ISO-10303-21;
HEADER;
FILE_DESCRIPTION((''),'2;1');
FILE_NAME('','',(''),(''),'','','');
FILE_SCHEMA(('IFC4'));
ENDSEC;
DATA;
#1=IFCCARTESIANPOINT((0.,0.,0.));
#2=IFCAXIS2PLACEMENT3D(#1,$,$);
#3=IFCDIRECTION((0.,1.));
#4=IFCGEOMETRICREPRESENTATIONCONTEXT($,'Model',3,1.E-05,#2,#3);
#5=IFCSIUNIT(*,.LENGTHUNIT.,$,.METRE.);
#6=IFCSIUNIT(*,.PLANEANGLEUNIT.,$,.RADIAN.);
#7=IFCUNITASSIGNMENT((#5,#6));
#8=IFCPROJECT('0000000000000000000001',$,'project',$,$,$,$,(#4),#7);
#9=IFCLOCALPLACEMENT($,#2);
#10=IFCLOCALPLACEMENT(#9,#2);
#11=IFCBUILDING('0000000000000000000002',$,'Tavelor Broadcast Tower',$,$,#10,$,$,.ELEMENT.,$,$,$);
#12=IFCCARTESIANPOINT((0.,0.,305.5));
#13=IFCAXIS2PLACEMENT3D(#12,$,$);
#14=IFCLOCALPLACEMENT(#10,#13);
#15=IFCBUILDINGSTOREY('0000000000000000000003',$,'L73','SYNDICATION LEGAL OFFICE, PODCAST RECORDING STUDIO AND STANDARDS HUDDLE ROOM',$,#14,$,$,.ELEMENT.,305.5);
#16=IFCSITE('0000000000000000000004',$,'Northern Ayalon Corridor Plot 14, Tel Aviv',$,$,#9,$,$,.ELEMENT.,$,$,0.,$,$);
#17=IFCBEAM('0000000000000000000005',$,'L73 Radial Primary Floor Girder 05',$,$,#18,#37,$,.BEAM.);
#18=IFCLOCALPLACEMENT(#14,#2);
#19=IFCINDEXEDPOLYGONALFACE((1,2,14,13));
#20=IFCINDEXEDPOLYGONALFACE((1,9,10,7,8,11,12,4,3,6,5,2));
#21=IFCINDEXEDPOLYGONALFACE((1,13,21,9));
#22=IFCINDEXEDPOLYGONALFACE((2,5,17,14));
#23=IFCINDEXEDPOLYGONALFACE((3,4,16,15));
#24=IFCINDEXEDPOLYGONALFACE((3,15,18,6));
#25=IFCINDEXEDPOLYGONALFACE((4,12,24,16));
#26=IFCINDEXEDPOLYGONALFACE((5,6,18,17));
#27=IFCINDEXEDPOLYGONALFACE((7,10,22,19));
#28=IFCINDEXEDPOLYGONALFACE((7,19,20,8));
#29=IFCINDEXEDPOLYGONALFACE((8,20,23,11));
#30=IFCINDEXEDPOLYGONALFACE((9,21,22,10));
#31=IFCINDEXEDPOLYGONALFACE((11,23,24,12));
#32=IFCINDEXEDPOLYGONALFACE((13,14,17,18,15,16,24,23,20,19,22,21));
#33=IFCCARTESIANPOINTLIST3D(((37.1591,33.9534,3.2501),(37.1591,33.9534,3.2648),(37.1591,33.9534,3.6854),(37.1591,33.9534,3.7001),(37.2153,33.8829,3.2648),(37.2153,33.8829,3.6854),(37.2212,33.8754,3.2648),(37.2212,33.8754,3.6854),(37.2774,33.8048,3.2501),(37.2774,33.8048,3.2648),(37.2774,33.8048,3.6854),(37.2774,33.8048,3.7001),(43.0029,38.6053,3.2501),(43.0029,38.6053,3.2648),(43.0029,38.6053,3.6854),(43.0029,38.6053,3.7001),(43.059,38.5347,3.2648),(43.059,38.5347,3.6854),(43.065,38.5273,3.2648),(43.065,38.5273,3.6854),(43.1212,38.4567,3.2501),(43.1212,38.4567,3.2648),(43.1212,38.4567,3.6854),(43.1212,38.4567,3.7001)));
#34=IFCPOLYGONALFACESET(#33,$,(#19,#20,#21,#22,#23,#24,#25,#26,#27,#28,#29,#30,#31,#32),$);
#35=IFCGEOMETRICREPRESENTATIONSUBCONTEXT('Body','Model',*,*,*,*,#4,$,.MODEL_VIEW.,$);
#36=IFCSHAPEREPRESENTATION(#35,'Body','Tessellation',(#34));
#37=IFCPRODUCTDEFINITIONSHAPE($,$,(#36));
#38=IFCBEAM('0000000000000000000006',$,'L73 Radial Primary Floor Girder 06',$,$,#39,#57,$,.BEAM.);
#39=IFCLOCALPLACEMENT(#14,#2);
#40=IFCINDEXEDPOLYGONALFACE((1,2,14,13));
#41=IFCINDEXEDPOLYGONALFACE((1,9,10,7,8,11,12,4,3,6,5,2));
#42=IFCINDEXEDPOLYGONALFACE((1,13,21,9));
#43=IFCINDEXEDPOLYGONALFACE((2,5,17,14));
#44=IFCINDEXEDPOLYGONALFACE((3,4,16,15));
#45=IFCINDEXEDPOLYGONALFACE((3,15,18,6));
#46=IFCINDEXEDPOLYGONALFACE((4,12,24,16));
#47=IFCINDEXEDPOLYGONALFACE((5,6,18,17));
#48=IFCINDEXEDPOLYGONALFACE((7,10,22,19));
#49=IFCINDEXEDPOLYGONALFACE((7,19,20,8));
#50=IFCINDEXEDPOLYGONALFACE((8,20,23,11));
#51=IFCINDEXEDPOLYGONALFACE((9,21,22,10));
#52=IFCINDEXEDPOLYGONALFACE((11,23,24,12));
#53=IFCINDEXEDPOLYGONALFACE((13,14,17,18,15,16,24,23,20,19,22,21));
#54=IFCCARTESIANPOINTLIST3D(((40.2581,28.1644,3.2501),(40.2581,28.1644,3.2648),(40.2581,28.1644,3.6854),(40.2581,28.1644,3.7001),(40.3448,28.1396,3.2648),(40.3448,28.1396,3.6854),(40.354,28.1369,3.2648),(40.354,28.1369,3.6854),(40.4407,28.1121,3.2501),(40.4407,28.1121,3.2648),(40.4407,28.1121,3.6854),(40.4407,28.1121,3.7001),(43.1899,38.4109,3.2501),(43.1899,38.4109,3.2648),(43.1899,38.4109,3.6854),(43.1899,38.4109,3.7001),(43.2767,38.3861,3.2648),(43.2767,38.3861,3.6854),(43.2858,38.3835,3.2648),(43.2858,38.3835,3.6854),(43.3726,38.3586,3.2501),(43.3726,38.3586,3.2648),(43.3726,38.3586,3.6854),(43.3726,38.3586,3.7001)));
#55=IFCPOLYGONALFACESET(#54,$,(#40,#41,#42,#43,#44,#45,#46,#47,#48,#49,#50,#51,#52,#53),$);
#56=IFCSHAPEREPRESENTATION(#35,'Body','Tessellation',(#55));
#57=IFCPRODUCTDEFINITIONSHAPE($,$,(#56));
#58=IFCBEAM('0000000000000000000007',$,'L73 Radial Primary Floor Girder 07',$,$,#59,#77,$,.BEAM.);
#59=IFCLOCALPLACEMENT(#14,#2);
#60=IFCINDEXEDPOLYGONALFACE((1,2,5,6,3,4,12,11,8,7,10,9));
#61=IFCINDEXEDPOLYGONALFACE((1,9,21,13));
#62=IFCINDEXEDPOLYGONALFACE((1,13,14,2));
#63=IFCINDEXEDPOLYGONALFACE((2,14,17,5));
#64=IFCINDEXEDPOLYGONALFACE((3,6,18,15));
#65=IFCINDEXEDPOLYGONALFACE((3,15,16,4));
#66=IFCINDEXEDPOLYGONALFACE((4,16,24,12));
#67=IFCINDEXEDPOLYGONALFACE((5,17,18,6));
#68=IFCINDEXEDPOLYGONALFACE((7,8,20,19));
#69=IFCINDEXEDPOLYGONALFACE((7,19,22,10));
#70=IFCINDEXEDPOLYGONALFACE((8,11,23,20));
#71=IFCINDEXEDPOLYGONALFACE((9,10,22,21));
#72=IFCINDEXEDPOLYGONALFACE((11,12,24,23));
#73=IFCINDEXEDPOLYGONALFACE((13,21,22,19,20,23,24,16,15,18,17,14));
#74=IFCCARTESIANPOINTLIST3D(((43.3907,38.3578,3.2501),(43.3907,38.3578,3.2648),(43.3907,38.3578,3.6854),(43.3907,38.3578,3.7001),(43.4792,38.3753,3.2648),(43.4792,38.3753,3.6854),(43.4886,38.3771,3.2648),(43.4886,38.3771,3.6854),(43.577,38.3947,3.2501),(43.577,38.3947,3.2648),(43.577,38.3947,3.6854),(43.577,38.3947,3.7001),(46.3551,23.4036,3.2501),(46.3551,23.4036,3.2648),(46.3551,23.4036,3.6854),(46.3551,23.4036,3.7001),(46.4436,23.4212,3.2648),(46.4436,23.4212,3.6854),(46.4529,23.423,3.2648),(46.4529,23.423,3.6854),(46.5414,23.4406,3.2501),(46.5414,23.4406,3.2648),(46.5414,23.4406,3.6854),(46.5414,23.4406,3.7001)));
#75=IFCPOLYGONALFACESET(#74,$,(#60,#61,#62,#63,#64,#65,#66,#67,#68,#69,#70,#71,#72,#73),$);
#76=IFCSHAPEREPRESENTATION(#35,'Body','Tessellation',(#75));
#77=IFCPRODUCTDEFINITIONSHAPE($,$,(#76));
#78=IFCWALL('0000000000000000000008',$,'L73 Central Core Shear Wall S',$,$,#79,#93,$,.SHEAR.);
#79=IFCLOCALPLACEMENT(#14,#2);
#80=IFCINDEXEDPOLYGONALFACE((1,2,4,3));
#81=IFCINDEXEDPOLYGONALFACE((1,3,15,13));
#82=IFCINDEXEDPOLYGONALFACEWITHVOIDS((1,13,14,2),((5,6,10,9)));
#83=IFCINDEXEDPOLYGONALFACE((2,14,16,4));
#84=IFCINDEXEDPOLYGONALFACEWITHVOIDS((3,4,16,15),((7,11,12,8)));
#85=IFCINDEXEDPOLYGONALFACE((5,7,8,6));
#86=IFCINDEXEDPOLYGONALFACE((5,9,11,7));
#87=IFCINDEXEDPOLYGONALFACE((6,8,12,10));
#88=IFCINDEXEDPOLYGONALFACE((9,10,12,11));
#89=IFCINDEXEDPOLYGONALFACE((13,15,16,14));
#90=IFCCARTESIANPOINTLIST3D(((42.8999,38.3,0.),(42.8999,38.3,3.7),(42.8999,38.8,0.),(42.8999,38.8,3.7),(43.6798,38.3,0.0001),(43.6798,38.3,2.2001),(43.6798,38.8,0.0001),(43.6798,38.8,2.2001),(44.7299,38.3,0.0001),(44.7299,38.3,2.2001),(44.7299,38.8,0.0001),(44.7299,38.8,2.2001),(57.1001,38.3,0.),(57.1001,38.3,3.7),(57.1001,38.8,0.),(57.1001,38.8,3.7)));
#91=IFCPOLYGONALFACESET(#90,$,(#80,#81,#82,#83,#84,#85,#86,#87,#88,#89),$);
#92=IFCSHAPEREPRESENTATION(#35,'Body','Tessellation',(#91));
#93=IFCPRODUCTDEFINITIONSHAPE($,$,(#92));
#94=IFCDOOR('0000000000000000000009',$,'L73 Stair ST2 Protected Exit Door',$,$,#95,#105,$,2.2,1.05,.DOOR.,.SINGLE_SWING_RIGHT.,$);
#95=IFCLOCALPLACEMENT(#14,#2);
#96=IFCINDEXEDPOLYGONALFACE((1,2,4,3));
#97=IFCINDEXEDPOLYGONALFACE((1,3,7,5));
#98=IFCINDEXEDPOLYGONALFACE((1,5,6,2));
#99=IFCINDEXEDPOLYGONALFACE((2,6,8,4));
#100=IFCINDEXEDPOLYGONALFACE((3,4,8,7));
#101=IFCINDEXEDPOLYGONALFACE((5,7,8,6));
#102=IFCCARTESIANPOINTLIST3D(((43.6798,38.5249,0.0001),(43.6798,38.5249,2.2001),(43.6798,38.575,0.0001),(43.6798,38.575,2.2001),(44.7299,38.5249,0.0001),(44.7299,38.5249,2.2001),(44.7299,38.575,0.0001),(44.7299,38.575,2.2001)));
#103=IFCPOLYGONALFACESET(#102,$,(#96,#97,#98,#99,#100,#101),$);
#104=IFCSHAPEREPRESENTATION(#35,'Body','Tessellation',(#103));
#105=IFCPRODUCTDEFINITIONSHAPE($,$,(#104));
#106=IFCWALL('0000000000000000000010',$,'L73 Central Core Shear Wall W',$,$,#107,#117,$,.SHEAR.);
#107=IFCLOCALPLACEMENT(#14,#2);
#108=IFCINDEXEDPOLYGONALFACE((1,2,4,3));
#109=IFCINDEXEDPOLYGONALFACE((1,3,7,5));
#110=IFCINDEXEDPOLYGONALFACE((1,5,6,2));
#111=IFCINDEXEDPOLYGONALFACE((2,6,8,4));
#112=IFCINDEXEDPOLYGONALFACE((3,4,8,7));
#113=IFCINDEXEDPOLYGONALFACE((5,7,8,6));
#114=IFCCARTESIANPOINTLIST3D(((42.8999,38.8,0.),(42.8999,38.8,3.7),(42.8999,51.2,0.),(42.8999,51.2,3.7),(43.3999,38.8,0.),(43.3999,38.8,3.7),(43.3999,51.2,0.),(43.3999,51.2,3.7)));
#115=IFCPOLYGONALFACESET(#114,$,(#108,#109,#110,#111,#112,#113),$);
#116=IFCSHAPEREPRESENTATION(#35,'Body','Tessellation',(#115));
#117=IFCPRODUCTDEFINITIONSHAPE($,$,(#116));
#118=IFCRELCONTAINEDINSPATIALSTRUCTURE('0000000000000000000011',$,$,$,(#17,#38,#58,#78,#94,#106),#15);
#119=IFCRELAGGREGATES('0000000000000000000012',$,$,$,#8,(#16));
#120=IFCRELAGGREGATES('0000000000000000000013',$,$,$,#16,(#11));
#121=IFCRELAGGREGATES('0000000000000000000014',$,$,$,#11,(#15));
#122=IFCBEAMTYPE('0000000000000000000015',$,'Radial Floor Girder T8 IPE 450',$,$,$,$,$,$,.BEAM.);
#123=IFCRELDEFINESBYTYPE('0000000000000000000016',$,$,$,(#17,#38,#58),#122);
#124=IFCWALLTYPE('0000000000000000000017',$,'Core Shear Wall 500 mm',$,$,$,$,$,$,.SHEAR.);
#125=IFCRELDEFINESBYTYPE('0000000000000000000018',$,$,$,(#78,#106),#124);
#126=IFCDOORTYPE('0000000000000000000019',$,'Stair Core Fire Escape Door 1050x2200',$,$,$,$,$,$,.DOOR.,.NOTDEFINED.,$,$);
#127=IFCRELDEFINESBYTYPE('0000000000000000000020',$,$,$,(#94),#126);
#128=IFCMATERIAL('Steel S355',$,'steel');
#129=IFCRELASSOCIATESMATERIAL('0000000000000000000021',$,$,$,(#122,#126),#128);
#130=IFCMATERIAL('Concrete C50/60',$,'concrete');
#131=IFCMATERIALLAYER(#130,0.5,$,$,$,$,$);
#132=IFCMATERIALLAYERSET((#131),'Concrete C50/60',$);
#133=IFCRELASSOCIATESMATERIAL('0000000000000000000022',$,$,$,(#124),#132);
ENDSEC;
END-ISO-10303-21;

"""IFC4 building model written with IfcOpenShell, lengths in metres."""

from ifc_helpers import new_model, si_unit, direction, frame, frame_2d, origin, origin_2d, place, context, subcontext, project, spatial, rectangle, i_section, extrude, material, layer, layer_set, material_profile, profile_set, type_object, element, fill, save


model = new_model("IFC4")

# Units and contexts
model_context = context("Model", 3, precision=1e-05, world=origin(), true_north=direction((0.0, 1.0)))
body_context = subcontext(model_context, "Body", "Model", "MODEL_VIEW")
ifc_project = project(units=[si_unit("LENGTHUNIT", "METRE"), si_unit("PLANEANGLEUNIT", "RADIAN")], contexts=[model_context])

# Site, building, storey
site_placement = place(None, origin())
site = spatial("IfcSite", under=ifc_project, at=site_placement, Name="Northern Ayalon Corridor Plot 14, Tel Aviv", CompositionType="ELEMENT", RefElevation=0.0)
building_placement = place(site_placement, origin())
building = spatial("IfcBuilding", under=site, at=building_placement, Name="Tavelor Broadcast Tower", CompositionType="ELEMENT")
storey_placement = place(building_placement, frame((0.0, 0.0, 305.5)))
storey = spatial("IfcBuildingStorey", under=building, at=storey_placement, Name="L73", Description="SYNDICATION LEGAL OFFICE, PODCAST RECORDING STUDIO AND STANDARDS HUDDLE ROOM", CompositionType="ELEMENT", Elevation=305.5)

# Shared definitions
ifc_material_1 = material(Name="Concrete C50/60", Category="concrete")

# Beams
ifc_material_2 = material(Name="Steel S355", Category="steel")
ifc_material_profile_1 = material_profile(ifc_material_2, i_section(OverallWidth=0.1899, OverallDepth=0.45, WebThickness=0.0095, FlangeThickness=0.0146, at=origin_2d()), Name="IPE 450")
ifc_profile_set_1 = profile_set([ifc_material_profile_1], Name="Steel S355")
beam_type_1 = type_object("IfcBeamType", Name="Radial Floor Girder T8 IPE 450", PredefinedType="BEAM", material=ifc_profile_set_1)
beam_1_placement = place(storey_placement, frame((43.062, 38.531, 3.4751), z_axis=(-0.782378, -0.622804, 0.0), x_axis=(0.622804, -0.782378, 0.0)))
element("IfcBeam", 1, at=beam_1_placement, inside=storey, type_object=beam_type_1, Name="L73 Radial Primary Floor Girder 05", PredefinedType="BEAM", context=body_context, shape_type="SweptSolid", body=[
    extrude(i_section(OverallWidth=0.1899, OverallDepth=0.45, WebThickness=0.0095, FlangeThickness=0.0146, at=origin_2d()), origin(), (0.0, 0.0, 1.0), 7.4692),
])
beam_2_placement = place(storey_placement, frame((43.2812, 38.3848, 3.4751), z_axis=(-0.275093, -0.961418, 0.0), x_axis=(0.961418, -0.275093, 0.0)))
element("IfcBeam", 2, at=beam_2_placement, inside=storey, type_object=beam_type_1, Name="L73 Radial Primary Floor Girder 06", PredefinedType="BEAM", context=body_context, shape_type="SweptSolid", body=[
    extrude(i_section(OverallWidth=0.1899, OverallDepth=0.45, WebThickness=0.0095, FlangeThickness=0.0146, at=origin_2d()), origin(), (0.0, 0.0, 1.0), 10.6577),
])
beam_3_placement = place(storey_placement, frame((43.4839, 38.3762, 3.4751), z_axis=(0.194447, -0.980913, 0.0), x_axis=(0.980913, 0.194447, 0.0)))
element("IfcBeam", 3, at=beam_3_placement, inside=storey, type_object=beam_type_1, Name="L73 Radial Primary Floor Girder 07", PredefinedType="BEAM", context=body_context, shape_type="SweptSolid", body=[
    extrude(i_section(OverallWidth=0.1899, OverallDepth=0.45, WebThickness=0.0095, FlangeThickness=0.0146, at=origin_2d()), origin(), (0.0, 0.0, 1.0), 15.2451),
])

# Wall, opening, door
ifc_layer_1 = layer(ifc_material_1, 0.5)
ifc_layer_set_1 = layer_set([ifc_layer_1], Name="Concrete C50/60")
wall_type_1 = type_object("IfcWallType", Name="Core Shear Wall 500 mm", PredefinedType="SHEAR", material=ifc_layer_set_1)
wall_1_placement = place(storey_placement, frame((42.8999, 38.55, 0.0), z_axis=(0.0, 0.0, 1.0), x_axis=(1.0, 0.0, 0.0)))
wall_1 = element("IfcWall", 4, at=wall_1_placement, inside=storey, type_object=wall_type_1, Name="L73 Central Core Shear Wall S", PredefinedType="SHEAR", context=body_context, shape_type="SweptSolid", body=[
    extrude(rectangle(XDim=14.2002, YDim=0.5, at=frame_2d((7.1001, 0.0))), origin(), (0.0, 0.0, 1.0), 3.7),
])
opening_1_placement = place(wall_1_placement, frame((0.78, 0.0, 0.0)))
opening_1 = element("IfcOpeningElement", 5, at=opening_1_placement, cuts=wall_1, PredefinedType="OPENING", context=body_context, shape_type="SweptSolid", body=[
    extrude(rectangle(XDim=1.05, YDim=2.2, at=frame_2d((0.5249, 1.1001))), frame((0.0, 0.26, 0.0), z_axis=(0.0, -1.0, 0.0), x_axis=(1.0, 0.0, 0.0)), (0.0, 0.0, 1.0), 0.52),
])
door_type_1 = type_object("IfcDoorType", Name="Stair Core Fire Escape Door 1050x2200", OperationType="NOTDEFINED", PredefinedType="DOOR", material=ifc_material_2)
door_1_placement = place(opening_1_placement, origin())
door_1 = element("IfcDoor", 6, at=door_1_placement, inside=storey, type_object=door_type_1, Name="L73 Stair ST2 Protected Exit Door", OperationType="SINGLE_SWING_RIGHT", OverallHeight=2.2, OverallWidth=1.05, PredefinedType="DOOR", context=body_context, shape_type="SweptSolid", body=[
    extrude(rectangle(XDim=1.05, YDim=2.2, at=frame_2d((0.5249, 1.1001))), frame((0.0, 0.0249, 0.0), z_axis=(0.0, -1.0, 0.0), x_axis=(1.0, 0.0, 0.0)), (0.0, 0.0, 1.0), 0.05),
])
fill(opening_1, door_1)

# Wall
wall_2_placement = place(storey_placement, frame((43.1499, 38.8, 0.0), z_axis=(0.0, 0.0, 1.0), x_axis=(0.0, 1.0, 0.0)))
element("IfcWall", 7, at=wall_2_placement, inside=storey, type_object=wall_type_1, Name="L73 Central Core Shear Wall W", PredefinedType="SHEAR", context=body_context, shape_type="SweptSolid", body=[
    extrude(rectangle(XDim=12.3999, YDim=0.5, at=frame_2d((6.2, 0.0))), origin(), (0.0, 0.0, 1.0), 3.7),
])

save(model, "model.ifc")
